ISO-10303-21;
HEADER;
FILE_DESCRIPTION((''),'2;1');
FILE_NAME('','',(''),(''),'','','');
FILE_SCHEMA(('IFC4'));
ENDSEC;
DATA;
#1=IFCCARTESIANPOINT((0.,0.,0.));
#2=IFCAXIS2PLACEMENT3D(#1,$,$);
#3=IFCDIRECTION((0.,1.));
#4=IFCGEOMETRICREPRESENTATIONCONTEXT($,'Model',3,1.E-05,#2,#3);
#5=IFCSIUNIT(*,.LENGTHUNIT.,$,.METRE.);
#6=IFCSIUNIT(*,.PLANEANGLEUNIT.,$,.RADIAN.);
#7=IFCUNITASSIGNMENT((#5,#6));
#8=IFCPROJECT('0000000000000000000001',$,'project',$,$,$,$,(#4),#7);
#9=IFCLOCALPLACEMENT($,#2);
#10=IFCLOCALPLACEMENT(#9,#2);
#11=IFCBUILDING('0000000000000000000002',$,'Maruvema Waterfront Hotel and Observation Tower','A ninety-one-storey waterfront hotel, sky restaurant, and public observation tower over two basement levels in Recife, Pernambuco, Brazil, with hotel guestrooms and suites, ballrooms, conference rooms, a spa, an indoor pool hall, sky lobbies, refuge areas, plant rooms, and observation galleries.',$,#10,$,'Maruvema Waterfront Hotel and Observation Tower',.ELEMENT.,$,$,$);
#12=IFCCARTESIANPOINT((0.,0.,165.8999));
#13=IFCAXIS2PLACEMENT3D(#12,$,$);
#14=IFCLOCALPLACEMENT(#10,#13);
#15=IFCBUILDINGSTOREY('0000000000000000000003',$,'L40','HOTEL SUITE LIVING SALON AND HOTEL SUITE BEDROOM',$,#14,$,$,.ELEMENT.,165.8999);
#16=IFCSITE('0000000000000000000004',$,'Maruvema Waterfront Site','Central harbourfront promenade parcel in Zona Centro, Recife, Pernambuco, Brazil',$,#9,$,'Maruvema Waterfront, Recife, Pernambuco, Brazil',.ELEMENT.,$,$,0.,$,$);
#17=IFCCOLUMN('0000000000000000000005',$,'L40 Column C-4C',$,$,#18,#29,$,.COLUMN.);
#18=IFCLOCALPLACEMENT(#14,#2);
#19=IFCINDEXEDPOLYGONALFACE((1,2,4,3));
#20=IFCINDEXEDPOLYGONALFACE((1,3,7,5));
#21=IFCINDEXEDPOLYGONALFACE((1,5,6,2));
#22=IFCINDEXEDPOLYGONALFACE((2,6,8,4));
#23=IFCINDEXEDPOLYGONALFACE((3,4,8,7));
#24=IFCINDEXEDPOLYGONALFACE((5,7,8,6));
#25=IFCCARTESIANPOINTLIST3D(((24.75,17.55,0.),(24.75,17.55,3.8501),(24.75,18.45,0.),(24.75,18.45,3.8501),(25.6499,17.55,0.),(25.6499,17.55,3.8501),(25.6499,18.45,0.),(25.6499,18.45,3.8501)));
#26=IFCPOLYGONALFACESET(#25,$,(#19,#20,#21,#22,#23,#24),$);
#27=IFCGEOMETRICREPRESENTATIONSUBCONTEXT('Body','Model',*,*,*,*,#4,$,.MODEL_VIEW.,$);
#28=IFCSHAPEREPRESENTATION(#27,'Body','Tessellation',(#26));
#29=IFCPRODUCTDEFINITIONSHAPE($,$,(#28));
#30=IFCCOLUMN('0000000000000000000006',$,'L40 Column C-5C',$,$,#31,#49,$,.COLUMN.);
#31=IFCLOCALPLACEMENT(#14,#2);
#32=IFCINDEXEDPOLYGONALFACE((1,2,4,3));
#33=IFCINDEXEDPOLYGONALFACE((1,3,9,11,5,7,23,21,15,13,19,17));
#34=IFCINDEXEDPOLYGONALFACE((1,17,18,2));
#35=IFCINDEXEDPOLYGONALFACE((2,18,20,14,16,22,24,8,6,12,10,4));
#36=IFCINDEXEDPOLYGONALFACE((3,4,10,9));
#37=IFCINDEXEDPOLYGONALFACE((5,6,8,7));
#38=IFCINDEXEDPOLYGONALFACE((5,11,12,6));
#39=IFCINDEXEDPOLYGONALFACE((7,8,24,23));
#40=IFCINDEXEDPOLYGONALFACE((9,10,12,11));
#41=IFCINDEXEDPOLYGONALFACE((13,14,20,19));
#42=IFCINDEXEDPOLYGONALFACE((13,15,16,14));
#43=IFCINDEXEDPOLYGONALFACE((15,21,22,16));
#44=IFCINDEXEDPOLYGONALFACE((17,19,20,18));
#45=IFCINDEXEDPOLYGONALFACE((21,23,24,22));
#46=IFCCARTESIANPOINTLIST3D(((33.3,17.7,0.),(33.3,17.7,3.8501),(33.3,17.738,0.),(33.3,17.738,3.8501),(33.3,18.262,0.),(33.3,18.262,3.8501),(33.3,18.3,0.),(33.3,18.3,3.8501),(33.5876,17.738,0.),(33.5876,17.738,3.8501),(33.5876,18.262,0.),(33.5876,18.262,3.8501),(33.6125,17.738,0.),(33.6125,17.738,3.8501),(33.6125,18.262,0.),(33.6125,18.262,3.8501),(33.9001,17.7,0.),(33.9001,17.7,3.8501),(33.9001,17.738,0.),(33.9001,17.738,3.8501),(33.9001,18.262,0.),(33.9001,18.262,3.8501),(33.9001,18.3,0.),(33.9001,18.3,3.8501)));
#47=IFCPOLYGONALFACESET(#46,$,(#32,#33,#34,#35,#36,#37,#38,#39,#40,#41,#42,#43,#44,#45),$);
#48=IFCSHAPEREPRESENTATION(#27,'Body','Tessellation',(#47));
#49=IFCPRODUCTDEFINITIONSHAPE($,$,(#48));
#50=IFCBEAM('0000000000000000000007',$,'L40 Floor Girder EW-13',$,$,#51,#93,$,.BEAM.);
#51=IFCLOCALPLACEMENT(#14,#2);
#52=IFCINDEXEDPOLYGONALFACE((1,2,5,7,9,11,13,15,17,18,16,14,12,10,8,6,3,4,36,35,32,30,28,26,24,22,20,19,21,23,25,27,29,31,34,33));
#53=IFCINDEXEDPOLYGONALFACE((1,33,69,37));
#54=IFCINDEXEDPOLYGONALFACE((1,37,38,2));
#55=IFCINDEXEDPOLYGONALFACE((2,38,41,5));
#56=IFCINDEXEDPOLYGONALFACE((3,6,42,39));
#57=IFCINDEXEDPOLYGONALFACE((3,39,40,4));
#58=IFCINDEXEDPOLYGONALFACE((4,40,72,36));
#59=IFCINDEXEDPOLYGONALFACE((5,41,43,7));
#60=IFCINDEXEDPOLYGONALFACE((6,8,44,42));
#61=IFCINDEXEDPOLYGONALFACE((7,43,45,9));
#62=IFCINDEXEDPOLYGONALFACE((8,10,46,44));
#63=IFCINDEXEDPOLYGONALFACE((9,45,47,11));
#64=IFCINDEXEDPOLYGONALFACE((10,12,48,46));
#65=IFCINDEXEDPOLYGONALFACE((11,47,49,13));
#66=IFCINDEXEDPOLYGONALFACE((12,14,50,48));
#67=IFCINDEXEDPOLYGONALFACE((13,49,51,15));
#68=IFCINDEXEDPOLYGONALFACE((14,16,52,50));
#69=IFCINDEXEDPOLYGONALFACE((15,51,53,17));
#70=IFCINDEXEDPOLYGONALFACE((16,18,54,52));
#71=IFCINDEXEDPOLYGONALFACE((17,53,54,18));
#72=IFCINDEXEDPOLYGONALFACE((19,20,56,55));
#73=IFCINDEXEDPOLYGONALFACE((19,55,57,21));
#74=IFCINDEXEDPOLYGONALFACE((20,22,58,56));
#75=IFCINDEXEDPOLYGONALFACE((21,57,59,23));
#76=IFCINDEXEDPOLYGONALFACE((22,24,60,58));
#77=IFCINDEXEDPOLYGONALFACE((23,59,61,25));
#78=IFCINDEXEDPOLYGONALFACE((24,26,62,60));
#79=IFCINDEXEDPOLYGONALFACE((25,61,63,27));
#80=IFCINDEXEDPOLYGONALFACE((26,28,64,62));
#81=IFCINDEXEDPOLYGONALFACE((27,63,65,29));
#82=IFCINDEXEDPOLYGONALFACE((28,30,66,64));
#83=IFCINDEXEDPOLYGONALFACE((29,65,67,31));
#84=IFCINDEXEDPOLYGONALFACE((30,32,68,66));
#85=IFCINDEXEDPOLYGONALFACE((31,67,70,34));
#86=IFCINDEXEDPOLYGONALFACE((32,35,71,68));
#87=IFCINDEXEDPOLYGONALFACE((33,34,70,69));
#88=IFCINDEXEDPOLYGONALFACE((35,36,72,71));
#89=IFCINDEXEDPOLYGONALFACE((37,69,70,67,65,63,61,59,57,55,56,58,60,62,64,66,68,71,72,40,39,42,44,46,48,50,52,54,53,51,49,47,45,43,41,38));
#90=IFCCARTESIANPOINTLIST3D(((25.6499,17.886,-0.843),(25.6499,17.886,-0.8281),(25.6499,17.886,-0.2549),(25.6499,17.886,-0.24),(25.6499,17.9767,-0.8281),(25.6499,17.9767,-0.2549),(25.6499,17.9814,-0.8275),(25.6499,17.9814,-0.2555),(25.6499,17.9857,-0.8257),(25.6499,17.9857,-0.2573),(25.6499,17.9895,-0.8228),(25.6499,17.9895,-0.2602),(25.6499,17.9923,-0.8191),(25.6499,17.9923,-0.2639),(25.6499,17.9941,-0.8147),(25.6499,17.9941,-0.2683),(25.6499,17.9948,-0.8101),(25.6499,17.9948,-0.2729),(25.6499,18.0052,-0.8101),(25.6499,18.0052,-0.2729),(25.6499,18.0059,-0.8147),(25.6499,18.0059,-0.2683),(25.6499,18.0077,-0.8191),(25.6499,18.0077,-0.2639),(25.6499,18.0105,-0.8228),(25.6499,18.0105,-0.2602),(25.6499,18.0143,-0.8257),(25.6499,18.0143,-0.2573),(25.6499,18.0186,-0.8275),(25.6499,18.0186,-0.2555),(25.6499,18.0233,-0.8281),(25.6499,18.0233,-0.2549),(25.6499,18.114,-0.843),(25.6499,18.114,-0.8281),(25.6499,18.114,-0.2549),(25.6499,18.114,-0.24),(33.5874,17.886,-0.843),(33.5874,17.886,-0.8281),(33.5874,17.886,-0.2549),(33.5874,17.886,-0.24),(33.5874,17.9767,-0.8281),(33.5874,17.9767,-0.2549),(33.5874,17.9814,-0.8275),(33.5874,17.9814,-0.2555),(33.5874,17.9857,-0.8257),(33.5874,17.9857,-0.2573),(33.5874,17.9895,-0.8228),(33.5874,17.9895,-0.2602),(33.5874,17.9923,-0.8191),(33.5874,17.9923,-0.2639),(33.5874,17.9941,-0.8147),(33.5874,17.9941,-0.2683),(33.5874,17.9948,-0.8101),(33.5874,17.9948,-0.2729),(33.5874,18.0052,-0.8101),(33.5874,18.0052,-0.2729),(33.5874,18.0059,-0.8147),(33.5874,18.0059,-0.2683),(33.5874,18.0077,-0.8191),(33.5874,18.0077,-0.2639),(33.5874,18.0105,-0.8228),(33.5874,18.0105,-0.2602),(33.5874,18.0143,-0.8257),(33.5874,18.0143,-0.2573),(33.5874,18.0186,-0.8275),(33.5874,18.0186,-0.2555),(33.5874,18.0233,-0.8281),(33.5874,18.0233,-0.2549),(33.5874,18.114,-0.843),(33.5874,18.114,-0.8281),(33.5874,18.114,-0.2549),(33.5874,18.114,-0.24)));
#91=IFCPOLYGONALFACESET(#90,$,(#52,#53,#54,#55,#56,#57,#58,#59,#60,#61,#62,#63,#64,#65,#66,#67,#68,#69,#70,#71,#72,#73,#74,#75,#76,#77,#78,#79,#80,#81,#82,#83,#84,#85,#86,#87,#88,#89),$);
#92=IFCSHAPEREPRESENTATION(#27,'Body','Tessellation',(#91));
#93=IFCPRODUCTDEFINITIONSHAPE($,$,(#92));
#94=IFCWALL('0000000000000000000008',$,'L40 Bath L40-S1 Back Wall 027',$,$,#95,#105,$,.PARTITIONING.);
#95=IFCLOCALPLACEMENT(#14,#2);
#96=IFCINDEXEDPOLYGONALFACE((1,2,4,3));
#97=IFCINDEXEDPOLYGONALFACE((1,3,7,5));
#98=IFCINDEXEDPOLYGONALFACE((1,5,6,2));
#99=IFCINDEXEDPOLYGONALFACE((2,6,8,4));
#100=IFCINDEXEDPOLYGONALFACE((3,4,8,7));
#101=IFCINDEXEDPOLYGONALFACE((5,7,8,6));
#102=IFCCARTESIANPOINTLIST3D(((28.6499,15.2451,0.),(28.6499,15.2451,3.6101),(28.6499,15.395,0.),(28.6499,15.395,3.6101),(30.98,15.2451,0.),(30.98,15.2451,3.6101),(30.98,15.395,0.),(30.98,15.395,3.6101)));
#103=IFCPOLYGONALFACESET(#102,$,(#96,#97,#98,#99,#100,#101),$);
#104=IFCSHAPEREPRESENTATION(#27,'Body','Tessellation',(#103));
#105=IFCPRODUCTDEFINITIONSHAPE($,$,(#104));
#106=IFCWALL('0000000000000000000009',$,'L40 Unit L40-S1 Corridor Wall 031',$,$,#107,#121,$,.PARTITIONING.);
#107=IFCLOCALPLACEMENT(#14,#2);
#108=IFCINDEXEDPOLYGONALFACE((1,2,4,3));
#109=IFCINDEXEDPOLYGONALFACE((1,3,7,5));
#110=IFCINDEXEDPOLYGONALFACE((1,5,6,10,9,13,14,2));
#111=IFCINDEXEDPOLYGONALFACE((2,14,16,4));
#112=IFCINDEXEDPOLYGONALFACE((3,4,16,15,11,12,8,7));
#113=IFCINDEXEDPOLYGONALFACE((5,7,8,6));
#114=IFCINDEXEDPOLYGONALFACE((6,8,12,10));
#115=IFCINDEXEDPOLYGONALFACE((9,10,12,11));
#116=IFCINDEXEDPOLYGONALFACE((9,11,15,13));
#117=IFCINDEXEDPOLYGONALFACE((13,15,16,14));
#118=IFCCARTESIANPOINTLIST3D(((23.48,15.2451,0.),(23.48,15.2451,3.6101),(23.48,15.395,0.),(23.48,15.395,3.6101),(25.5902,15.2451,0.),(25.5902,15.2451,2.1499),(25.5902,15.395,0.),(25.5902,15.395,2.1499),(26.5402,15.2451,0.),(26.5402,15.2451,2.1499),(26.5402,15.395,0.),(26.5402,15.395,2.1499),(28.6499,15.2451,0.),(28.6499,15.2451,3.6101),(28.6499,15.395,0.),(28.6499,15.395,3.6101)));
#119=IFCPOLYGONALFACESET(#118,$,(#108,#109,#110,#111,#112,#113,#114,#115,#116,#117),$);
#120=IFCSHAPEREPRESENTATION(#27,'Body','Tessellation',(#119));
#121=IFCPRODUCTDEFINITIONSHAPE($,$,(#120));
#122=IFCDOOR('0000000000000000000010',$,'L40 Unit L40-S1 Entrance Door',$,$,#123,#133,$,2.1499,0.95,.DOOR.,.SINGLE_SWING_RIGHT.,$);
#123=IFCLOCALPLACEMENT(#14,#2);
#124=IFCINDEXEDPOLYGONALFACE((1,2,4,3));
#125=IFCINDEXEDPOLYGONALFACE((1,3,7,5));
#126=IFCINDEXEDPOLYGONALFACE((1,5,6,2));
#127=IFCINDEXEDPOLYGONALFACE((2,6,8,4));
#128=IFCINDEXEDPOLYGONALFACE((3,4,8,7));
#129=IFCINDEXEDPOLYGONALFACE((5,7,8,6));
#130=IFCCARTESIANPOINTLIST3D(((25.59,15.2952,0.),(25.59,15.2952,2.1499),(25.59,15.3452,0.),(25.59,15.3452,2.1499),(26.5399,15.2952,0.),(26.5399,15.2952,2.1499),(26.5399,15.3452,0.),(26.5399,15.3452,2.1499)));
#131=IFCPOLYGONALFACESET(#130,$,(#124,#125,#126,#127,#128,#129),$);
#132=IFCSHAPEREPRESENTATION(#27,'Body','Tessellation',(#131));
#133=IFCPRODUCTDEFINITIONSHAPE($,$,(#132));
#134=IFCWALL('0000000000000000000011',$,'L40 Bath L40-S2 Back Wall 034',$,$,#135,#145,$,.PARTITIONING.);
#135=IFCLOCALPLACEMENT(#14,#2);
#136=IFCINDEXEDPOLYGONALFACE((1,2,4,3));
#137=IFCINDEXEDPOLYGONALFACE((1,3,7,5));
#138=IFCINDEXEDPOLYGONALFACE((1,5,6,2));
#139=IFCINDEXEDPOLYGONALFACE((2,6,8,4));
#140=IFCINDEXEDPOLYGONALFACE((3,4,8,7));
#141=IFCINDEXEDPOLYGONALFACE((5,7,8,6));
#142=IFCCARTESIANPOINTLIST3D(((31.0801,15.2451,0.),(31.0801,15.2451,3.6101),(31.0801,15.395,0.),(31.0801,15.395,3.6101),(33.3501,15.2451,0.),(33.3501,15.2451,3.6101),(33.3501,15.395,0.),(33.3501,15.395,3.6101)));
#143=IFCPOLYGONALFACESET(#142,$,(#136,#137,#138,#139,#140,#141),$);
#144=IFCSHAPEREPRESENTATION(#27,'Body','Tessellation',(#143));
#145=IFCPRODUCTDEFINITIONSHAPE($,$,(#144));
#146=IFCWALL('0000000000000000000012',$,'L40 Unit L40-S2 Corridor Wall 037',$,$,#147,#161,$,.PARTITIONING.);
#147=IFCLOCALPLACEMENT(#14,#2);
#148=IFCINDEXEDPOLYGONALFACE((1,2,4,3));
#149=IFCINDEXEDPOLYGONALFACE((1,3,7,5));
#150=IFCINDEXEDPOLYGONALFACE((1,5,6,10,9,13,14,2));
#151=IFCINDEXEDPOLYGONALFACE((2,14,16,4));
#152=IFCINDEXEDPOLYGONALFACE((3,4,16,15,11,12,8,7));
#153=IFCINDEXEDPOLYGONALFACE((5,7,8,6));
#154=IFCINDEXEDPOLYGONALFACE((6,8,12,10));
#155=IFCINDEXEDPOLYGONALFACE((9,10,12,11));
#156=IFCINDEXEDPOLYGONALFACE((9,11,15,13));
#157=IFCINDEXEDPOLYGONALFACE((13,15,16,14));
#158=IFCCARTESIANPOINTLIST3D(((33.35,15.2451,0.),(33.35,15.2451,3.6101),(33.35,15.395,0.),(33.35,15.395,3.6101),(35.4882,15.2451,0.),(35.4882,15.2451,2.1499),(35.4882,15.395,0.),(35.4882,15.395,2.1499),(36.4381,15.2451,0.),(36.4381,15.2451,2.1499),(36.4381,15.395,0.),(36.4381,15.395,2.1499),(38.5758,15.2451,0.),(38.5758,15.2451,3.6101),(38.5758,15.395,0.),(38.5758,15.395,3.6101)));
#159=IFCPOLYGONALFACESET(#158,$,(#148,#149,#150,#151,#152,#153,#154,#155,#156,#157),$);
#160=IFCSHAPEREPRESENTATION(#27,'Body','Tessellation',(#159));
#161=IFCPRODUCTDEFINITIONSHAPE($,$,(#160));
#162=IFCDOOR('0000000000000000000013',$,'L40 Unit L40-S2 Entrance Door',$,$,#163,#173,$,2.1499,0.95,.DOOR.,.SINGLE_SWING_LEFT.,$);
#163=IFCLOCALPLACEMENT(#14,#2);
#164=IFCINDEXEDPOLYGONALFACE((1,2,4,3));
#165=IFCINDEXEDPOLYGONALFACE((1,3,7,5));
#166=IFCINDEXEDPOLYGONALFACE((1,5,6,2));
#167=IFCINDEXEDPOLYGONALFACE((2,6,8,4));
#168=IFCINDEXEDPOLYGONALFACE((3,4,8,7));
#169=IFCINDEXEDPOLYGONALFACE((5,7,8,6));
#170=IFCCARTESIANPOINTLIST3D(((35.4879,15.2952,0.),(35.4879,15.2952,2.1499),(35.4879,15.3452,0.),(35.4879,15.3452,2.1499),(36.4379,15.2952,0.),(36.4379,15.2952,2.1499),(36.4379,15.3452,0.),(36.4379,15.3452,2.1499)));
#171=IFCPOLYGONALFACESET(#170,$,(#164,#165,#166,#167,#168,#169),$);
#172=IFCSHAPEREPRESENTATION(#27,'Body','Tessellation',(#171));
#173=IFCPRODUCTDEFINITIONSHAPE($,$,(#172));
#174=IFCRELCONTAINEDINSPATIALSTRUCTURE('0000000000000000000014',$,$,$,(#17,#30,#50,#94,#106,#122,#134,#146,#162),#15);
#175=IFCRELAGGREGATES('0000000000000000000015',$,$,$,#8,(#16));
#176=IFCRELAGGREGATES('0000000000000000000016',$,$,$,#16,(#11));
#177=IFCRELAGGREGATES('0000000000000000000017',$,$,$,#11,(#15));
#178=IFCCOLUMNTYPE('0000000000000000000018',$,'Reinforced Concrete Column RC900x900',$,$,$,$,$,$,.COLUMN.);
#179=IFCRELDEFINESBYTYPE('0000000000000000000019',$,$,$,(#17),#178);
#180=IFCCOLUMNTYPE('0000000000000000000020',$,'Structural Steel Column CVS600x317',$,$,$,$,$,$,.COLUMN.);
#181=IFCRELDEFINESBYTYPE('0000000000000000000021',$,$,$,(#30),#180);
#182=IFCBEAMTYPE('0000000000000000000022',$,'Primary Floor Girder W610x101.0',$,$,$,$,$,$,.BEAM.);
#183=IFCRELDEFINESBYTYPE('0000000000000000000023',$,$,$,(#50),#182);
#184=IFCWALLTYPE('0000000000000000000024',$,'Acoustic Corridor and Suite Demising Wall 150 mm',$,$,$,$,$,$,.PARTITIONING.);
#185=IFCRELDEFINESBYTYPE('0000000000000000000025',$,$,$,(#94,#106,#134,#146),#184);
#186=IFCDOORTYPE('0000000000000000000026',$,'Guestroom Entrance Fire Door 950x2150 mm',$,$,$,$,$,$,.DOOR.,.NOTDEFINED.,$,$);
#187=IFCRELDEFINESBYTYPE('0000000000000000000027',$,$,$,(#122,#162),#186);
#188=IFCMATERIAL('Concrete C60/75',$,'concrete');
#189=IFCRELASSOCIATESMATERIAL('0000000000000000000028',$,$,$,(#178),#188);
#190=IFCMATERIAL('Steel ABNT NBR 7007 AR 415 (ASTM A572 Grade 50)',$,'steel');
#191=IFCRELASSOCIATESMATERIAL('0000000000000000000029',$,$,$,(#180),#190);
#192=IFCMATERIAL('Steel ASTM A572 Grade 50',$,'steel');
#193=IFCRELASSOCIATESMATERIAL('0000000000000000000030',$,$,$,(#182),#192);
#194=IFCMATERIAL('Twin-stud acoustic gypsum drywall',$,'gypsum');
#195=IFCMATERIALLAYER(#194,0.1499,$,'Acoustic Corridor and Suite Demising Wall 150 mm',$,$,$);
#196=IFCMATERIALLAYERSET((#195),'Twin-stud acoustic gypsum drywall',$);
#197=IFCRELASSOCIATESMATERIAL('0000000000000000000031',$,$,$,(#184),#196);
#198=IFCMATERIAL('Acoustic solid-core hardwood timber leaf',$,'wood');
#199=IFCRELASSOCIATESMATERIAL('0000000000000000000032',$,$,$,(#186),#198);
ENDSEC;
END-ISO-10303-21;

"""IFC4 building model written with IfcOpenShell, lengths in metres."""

from ifc_helpers import new_model, si_unit, direction, frame, frame_2d, origin, origin_2d, place, context, subcontext, project, spatial, rectangle, i_section, extrude, material, layer, layer_set, material_profile, profile_set, type_object, element, fill, save


model = new_model("IFC4")

# Units and contexts
model_context = context("Model", 3, precision=1e-05, world=origin(), true_north=direction((0.0, 1.0)))
body_context = subcontext(model_context, "Body", "Model", "MODEL_VIEW")
ifc_project = project(units=[si_unit("LENGTHUNIT", "METRE"), si_unit("PLANEANGLEUNIT", "RADIAN")], contexts=[model_context])

# Site, building, storey
site_placement = place(None, origin())
site = spatial("IfcSite", under=ifc_project, at=site_placement, Name="Maruvema Waterfront Site", Description="Central harbourfront promenade parcel in Zona Centro, Recife, Pernambuco, Brazil", LongName="Maruvema Waterfront, Recife, Pernambuco, Brazil", CompositionType="ELEMENT", RefElevation=0.0)
building_placement = place(site_placement, origin())
building = spatial("IfcBuilding", under=site, at=building_placement, Name="Maruvema Waterfront Hotel and Observation Tower", Description="A ninety-one-storey waterfront hotel, sky restaurant, and public observation tower over two basement levels in Recife, Pernambuco, Brazil, with hotel guestrooms and suites, ballrooms, conference rooms, a spa, an indoor pool hall, sky lobbies, refuge areas, plant rooms, and observation galleries.", LongName="Maruvema Waterfront Hotel and Observation Tower", CompositionType="ELEMENT")
storey_placement = place(building_placement, frame((0.0, 0.0, 165.8999)))
storey = spatial("IfcBuildingStorey", under=building, at=storey_placement, Name="L40", Description="HOTEL SUITE LIVING SALON AND HOTEL SUITE BEDROOM", CompositionType="ELEMENT", Elevation=165.8999)

# Columns
ifc_material_1 = material(Name="Concrete C60/75", Category="concrete")
ifc_material_profile_1 = material_profile(ifc_material_1, rectangle(XDim=0.8999, YDim=0.8999, at=origin_2d()), Name="RC900x900")
ifc_profile_set_1 = profile_set([ifc_material_profile_1], Name="Concrete C60/75")
column_type_1 = type_object("IfcColumnType", Name="Reinforced Concrete Column RC900x900", PredefinedType="COLUMN", material=ifc_profile_set_1)
column_1_placement = place(storey_placement, frame((25.2, 18.0, 0.0), z_axis=(0.0, 0.0, 1.0), x_axis=(1.0, 0.0, 0.0)))
element("IfcColumn", 1, at=column_1_placement, inside=storey, type_object=column_type_1, Name="L40 Column C-4C", PredefinedType="COLUMN", context=body_context, shape_type="SweptSolid", body=[
    extrude(rectangle(XDim=0.8999, YDim=0.8999, at=origin_2d()), origin(), (0.0, 0.0, 1.0), 3.8501),
])
ifc_material_2 = material(Name="Steel ABNT NBR 7007 AR 415 (ASTM A572 Grade 50)", Category="steel")
ifc_material_profile_2 = material_profile(ifc_material_2, i_section(OverallWidth=0.6001, OverallDepth=0.6001, WebThickness=0.0249, FlangeThickness=0.0381, at=origin_2d()), Name="CVS600x317")
ifc_profile_set_2 = profile_set([ifc_material_profile_2], Name="Steel ABNT NBR 7007 AR 415 (ASTM A572 Grade 50)")
column_type_2 = type_object("IfcColumnType", Name="Structural Steel Column CVS600x317", PredefinedType="COLUMN", material=ifc_profile_set_2)
column_2_placement = place(storey_placement, frame((33.6001, 18.0, 0.0), z_axis=(0.0, 0.0, 1.0), x_axis=(1.0, 0.0, 0.0)))
element("IfcColumn", 2, at=column_2_placement, inside=storey, type_object=column_type_2, Name="L40 Column C-5C", PredefinedType="COLUMN", context=body_context, shape_type="SweptSolid", body=[
    extrude(i_section(OverallWidth=0.6001, OverallDepth=0.6001, WebThickness=0.0249, FlangeThickness=0.0381, at=origin_2d()), origin(), (0.0, 0.0, 1.0), 3.8501),
])

# Beam
ifc_material_3 = material(Name="Steel ASTM A572 Grade 50", Category="steel")
ifc_material_profile_3 = material_profile(ifc_material_3, i_section(OverallWidth=0.228, OverallDepth=0.603, WebThickness=0.0105, FlangeThickness=0.0149, FilletRadius=0.0181, at=origin_2d()), Name="W610x101.0")
ifc_profile_set_3 = profile_set([ifc_material_profile_3], Name="Steel ASTM A572 Grade 50")
beam_type = type_object("IfcBeamType", Name="Primary Floor Girder W610x101.0", PredefinedType="BEAM", material=ifc_profile_set_3)
beam_placement = place(storey_placement, frame((25.6499, 18.0, -0.5415), z_axis=(1.0, 0.0, 0.0), x_axis=(0.0, 1.0, 0.0)))
element("IfcBeam", 3, at=beam_placement, inside=storey, type_object=beam_type, Name="L40 Floor Girder EW-13", PredefinedType="BEAM", context=body_context, shape_type="SweptSolid", body=[
    extrude(i_section(OverallWidth=0.228, OverallDepth=0.603, WebThickness=0.0105, FlangeThickness=0.0149, FilletRadius=0.0181, at=origin_2d()), origin(), (0.0, 0.0, 1.0), 7.9375),
])

# Wall
ifc_material_4 = material(Name="Twin-stud acoustic gypsum drywall", Category="gypsum")
ifc_layer_1 = layer(ifc_material_4, 0.1499, Name="Acoustic Corridor and Suite Demising Wall 150 mm")
ifc_layer_set_1 = layer_set([ifc_layer_1], Name="Twin-stud acoustic gypsum drywall")
wall_type_1 = type_object("IfcWallType", Name="Acoustic Corridor and Suite Demising Wall 150 mm", PredefinedType="PARTITIONING", material=ifc_layer_set_1)
wall_1_placement = place(storey_placement, frame((28.6499, 15.3201, 0.0), z_axis=(0.0, 0.0, 1.0), x_axis=(1.0, 0.0, 0.0)))
element("IfcWall", 4, at=wall_1_placement, inside=storey, type_object=wall_type_1, Name="L40 Bath L40-S1 Back Wall 027", PredefinedType="PARTITIONING", context=body_context, shape_type="SweptSolid", body=[
    extrude(rectangle(XDim=2.3301, YDim=0.1499, at=frame_2d((1.165, 0.0))), origin(), (0.0, 0.0, 1.0), 3.6101),
])

# Wall, opening, door
wall_2_placement = place(storey_placement, frame((23.48, 15.3201, 0.0), z_axis=(0.0, 0.0, 1.0), x_axis=(1.0, 0.0, 0.0)))
wall_2 = element("IfcWall", 5, at=wall_2_placement, inside=storey, type_object=wall_type_1, Name="L40 Unit L40-S1 Corridor Wall 031", PredefinedType="PARTITIONING", context=body_context, shape_type="SweptSolid", body=[
    extrude(rectangle(XDim=5.1699, YDim=0.1499, at=frame_2d((2.585, 0.0))), origin(), (0.0, 0.0, 1.0), 3.6101),
])
opening_1_placement = place(wall_2_placement, frame((2.1101, 0.0, 0.0)))
opening_1 = element("IfcOpeningElement", 6, at=opening_1_placement, cuts=wall_2, PredefinedType="OPENING", context=body_context, shape_type="SweptSolid", body=[
    extrude(rectangle(XDim=0.95, YDim=2.1499, at=frame_2d((0.4751, 1.075))), frame((0.0, 0.085, 0.0), z_axis=(0.0, -1.0, 0.0), x_axis=(1.0, 0.0, 0.0)), (0.0, 0.0, 1.0), 0.1699),
])
ifc_material_5 = material(Name="Acoustic solid-core hardwood timber leaf", Category="wood")
door_type_1 = type_object("IfcDoorType", Name="Guestroom Entrance Fire Door 950x2150 mm", OperationType="NOTDEFINED", PredefinedType="DOOR", material=ifc_material_5)
door_1_placement = place(opening_1_placement, frame((0.95, 0.0, 0.0), z_axis=(0.0, 0.0, 1.0), x_axis=(-1.0, 0.0, 0.0)))
door_1 = element("IfcDoor", 7, at=door_1_placement, inside=storey, type_object=door_type_1, Name="L40 Unit L40-S1 Entrance Door", OperationType="SINGLE_SWING_RIGHT", OverallHeight=2.1499, OverallWidth=0.95, PredefinedType="DOOR", context=body_context, shape_type="SweptSolid", body=[
    extrude(rectangle(XDim=0.95, YDim=2.1499, at=frame_2d((0.4751, 1.075))), frame((0.0, 0.0249, 0.0), z_axis=(0.0, -1.0, 0.0), x_axis=(1.0, 0.0, 0.0)), (0.0, 0.0, 1.0), 0.05),
])
fill(opening_1, door_1)

# Wall
wall_3_placement = place(storey_placement, frame((31.0801, 15.3201, 0.0), z_axis=(0.0, 0.0, 1.0), x_axis=(1.0, 0.0, 0.0)))
element("IfcWall", 8, at=wall_3_placement, inside=storey, type_object=wall_type_1, Name="L40 Bath L40-S2 Back Wall 034", PredefinedType="PARTITIONING", context=body_context, shape_type="SweptSolid", body=[
    extrude(rectangle(XDim=2.27, YDim=0.1499, at=frame_2d((1.135, 0.0))), origin(), (0.0, 0.0, 1.0), 3.6101),
])

# Wall, opening, door
wall_4_placement = place(storey_placement, frame((33.3501, 15.3201, 0.0), z_axis=(0.0, 0.0, 1.0), x_axis=(1.0, 0.0, 0.0)))
wall_4 = element("IfcWall", 9, at=wall_4_placement, inside=storey, type_object=wall_type_1, Name="L40 Unit L40-S2 Corridor Wall 037", PredefinedType="PARTITIONING", context=body_context, shape_type="SweptSolid", body=[
    extrude(rectangle(XDim=5.2258, YDim=0.1499, at=frame_2d((2.6128, 0.0))), origin(), (0.0, 0.0, 1.0), 3.6101),
])
opening_2_placement = place(wall_4_placement, frame((2.1379, 0.0, 0.0)))
opening_2 = element("IfcOpeningElement", 10, at=opening_2_placement, cuts=wall_4, PredefinedType="OPENING", context=body_context, shape_type="SweptSolid", body=[
    extrude(rectangle(XDim=0.95, YDim=2.1499, at=frame_2d((0.4751, 1.075))), frame((0.0, 0.085, 0.0), z_axis=(0.0, -1.0, 0.0), x_axis=(1.0, 0.0, 0.0)), (0.0, 0.0, 1.0), 0.1699),
])
door_2_placement = place(opening_2_placement, frame((0.95, 0.0, 0.0), z_axis=(0.0, 0.0, 1.0), x_axis=(-1.0, 0.0, 0.0)))
door_2 = element("IfcDoor", 11, at=door_2_placement, inside=storey, type_object=door_type_1, Name="L40 Unit L40-S2 Entrance Door", OperationType="SINGLE_SWING_LEFT", OverallHeight=2.1499, OverallWidth=0.95, PredefinedType="DOOR", context=body_context, shape_type="SweptSolid", body=[
    extrude(rectangle(XDim=0.95, YDim=2.1499, at=frame_2d((0.4751, 1.075))), frame((0.0, 0.0249, 0.0), z_axis=(0.0, -1.0, 0.0), x_axis=(1.0, 0.0, 0.0)), (0.0, 0.0, 1.0), 0.05),
])
fill(opening_2, door_2)

save(model, "model.ifc")
